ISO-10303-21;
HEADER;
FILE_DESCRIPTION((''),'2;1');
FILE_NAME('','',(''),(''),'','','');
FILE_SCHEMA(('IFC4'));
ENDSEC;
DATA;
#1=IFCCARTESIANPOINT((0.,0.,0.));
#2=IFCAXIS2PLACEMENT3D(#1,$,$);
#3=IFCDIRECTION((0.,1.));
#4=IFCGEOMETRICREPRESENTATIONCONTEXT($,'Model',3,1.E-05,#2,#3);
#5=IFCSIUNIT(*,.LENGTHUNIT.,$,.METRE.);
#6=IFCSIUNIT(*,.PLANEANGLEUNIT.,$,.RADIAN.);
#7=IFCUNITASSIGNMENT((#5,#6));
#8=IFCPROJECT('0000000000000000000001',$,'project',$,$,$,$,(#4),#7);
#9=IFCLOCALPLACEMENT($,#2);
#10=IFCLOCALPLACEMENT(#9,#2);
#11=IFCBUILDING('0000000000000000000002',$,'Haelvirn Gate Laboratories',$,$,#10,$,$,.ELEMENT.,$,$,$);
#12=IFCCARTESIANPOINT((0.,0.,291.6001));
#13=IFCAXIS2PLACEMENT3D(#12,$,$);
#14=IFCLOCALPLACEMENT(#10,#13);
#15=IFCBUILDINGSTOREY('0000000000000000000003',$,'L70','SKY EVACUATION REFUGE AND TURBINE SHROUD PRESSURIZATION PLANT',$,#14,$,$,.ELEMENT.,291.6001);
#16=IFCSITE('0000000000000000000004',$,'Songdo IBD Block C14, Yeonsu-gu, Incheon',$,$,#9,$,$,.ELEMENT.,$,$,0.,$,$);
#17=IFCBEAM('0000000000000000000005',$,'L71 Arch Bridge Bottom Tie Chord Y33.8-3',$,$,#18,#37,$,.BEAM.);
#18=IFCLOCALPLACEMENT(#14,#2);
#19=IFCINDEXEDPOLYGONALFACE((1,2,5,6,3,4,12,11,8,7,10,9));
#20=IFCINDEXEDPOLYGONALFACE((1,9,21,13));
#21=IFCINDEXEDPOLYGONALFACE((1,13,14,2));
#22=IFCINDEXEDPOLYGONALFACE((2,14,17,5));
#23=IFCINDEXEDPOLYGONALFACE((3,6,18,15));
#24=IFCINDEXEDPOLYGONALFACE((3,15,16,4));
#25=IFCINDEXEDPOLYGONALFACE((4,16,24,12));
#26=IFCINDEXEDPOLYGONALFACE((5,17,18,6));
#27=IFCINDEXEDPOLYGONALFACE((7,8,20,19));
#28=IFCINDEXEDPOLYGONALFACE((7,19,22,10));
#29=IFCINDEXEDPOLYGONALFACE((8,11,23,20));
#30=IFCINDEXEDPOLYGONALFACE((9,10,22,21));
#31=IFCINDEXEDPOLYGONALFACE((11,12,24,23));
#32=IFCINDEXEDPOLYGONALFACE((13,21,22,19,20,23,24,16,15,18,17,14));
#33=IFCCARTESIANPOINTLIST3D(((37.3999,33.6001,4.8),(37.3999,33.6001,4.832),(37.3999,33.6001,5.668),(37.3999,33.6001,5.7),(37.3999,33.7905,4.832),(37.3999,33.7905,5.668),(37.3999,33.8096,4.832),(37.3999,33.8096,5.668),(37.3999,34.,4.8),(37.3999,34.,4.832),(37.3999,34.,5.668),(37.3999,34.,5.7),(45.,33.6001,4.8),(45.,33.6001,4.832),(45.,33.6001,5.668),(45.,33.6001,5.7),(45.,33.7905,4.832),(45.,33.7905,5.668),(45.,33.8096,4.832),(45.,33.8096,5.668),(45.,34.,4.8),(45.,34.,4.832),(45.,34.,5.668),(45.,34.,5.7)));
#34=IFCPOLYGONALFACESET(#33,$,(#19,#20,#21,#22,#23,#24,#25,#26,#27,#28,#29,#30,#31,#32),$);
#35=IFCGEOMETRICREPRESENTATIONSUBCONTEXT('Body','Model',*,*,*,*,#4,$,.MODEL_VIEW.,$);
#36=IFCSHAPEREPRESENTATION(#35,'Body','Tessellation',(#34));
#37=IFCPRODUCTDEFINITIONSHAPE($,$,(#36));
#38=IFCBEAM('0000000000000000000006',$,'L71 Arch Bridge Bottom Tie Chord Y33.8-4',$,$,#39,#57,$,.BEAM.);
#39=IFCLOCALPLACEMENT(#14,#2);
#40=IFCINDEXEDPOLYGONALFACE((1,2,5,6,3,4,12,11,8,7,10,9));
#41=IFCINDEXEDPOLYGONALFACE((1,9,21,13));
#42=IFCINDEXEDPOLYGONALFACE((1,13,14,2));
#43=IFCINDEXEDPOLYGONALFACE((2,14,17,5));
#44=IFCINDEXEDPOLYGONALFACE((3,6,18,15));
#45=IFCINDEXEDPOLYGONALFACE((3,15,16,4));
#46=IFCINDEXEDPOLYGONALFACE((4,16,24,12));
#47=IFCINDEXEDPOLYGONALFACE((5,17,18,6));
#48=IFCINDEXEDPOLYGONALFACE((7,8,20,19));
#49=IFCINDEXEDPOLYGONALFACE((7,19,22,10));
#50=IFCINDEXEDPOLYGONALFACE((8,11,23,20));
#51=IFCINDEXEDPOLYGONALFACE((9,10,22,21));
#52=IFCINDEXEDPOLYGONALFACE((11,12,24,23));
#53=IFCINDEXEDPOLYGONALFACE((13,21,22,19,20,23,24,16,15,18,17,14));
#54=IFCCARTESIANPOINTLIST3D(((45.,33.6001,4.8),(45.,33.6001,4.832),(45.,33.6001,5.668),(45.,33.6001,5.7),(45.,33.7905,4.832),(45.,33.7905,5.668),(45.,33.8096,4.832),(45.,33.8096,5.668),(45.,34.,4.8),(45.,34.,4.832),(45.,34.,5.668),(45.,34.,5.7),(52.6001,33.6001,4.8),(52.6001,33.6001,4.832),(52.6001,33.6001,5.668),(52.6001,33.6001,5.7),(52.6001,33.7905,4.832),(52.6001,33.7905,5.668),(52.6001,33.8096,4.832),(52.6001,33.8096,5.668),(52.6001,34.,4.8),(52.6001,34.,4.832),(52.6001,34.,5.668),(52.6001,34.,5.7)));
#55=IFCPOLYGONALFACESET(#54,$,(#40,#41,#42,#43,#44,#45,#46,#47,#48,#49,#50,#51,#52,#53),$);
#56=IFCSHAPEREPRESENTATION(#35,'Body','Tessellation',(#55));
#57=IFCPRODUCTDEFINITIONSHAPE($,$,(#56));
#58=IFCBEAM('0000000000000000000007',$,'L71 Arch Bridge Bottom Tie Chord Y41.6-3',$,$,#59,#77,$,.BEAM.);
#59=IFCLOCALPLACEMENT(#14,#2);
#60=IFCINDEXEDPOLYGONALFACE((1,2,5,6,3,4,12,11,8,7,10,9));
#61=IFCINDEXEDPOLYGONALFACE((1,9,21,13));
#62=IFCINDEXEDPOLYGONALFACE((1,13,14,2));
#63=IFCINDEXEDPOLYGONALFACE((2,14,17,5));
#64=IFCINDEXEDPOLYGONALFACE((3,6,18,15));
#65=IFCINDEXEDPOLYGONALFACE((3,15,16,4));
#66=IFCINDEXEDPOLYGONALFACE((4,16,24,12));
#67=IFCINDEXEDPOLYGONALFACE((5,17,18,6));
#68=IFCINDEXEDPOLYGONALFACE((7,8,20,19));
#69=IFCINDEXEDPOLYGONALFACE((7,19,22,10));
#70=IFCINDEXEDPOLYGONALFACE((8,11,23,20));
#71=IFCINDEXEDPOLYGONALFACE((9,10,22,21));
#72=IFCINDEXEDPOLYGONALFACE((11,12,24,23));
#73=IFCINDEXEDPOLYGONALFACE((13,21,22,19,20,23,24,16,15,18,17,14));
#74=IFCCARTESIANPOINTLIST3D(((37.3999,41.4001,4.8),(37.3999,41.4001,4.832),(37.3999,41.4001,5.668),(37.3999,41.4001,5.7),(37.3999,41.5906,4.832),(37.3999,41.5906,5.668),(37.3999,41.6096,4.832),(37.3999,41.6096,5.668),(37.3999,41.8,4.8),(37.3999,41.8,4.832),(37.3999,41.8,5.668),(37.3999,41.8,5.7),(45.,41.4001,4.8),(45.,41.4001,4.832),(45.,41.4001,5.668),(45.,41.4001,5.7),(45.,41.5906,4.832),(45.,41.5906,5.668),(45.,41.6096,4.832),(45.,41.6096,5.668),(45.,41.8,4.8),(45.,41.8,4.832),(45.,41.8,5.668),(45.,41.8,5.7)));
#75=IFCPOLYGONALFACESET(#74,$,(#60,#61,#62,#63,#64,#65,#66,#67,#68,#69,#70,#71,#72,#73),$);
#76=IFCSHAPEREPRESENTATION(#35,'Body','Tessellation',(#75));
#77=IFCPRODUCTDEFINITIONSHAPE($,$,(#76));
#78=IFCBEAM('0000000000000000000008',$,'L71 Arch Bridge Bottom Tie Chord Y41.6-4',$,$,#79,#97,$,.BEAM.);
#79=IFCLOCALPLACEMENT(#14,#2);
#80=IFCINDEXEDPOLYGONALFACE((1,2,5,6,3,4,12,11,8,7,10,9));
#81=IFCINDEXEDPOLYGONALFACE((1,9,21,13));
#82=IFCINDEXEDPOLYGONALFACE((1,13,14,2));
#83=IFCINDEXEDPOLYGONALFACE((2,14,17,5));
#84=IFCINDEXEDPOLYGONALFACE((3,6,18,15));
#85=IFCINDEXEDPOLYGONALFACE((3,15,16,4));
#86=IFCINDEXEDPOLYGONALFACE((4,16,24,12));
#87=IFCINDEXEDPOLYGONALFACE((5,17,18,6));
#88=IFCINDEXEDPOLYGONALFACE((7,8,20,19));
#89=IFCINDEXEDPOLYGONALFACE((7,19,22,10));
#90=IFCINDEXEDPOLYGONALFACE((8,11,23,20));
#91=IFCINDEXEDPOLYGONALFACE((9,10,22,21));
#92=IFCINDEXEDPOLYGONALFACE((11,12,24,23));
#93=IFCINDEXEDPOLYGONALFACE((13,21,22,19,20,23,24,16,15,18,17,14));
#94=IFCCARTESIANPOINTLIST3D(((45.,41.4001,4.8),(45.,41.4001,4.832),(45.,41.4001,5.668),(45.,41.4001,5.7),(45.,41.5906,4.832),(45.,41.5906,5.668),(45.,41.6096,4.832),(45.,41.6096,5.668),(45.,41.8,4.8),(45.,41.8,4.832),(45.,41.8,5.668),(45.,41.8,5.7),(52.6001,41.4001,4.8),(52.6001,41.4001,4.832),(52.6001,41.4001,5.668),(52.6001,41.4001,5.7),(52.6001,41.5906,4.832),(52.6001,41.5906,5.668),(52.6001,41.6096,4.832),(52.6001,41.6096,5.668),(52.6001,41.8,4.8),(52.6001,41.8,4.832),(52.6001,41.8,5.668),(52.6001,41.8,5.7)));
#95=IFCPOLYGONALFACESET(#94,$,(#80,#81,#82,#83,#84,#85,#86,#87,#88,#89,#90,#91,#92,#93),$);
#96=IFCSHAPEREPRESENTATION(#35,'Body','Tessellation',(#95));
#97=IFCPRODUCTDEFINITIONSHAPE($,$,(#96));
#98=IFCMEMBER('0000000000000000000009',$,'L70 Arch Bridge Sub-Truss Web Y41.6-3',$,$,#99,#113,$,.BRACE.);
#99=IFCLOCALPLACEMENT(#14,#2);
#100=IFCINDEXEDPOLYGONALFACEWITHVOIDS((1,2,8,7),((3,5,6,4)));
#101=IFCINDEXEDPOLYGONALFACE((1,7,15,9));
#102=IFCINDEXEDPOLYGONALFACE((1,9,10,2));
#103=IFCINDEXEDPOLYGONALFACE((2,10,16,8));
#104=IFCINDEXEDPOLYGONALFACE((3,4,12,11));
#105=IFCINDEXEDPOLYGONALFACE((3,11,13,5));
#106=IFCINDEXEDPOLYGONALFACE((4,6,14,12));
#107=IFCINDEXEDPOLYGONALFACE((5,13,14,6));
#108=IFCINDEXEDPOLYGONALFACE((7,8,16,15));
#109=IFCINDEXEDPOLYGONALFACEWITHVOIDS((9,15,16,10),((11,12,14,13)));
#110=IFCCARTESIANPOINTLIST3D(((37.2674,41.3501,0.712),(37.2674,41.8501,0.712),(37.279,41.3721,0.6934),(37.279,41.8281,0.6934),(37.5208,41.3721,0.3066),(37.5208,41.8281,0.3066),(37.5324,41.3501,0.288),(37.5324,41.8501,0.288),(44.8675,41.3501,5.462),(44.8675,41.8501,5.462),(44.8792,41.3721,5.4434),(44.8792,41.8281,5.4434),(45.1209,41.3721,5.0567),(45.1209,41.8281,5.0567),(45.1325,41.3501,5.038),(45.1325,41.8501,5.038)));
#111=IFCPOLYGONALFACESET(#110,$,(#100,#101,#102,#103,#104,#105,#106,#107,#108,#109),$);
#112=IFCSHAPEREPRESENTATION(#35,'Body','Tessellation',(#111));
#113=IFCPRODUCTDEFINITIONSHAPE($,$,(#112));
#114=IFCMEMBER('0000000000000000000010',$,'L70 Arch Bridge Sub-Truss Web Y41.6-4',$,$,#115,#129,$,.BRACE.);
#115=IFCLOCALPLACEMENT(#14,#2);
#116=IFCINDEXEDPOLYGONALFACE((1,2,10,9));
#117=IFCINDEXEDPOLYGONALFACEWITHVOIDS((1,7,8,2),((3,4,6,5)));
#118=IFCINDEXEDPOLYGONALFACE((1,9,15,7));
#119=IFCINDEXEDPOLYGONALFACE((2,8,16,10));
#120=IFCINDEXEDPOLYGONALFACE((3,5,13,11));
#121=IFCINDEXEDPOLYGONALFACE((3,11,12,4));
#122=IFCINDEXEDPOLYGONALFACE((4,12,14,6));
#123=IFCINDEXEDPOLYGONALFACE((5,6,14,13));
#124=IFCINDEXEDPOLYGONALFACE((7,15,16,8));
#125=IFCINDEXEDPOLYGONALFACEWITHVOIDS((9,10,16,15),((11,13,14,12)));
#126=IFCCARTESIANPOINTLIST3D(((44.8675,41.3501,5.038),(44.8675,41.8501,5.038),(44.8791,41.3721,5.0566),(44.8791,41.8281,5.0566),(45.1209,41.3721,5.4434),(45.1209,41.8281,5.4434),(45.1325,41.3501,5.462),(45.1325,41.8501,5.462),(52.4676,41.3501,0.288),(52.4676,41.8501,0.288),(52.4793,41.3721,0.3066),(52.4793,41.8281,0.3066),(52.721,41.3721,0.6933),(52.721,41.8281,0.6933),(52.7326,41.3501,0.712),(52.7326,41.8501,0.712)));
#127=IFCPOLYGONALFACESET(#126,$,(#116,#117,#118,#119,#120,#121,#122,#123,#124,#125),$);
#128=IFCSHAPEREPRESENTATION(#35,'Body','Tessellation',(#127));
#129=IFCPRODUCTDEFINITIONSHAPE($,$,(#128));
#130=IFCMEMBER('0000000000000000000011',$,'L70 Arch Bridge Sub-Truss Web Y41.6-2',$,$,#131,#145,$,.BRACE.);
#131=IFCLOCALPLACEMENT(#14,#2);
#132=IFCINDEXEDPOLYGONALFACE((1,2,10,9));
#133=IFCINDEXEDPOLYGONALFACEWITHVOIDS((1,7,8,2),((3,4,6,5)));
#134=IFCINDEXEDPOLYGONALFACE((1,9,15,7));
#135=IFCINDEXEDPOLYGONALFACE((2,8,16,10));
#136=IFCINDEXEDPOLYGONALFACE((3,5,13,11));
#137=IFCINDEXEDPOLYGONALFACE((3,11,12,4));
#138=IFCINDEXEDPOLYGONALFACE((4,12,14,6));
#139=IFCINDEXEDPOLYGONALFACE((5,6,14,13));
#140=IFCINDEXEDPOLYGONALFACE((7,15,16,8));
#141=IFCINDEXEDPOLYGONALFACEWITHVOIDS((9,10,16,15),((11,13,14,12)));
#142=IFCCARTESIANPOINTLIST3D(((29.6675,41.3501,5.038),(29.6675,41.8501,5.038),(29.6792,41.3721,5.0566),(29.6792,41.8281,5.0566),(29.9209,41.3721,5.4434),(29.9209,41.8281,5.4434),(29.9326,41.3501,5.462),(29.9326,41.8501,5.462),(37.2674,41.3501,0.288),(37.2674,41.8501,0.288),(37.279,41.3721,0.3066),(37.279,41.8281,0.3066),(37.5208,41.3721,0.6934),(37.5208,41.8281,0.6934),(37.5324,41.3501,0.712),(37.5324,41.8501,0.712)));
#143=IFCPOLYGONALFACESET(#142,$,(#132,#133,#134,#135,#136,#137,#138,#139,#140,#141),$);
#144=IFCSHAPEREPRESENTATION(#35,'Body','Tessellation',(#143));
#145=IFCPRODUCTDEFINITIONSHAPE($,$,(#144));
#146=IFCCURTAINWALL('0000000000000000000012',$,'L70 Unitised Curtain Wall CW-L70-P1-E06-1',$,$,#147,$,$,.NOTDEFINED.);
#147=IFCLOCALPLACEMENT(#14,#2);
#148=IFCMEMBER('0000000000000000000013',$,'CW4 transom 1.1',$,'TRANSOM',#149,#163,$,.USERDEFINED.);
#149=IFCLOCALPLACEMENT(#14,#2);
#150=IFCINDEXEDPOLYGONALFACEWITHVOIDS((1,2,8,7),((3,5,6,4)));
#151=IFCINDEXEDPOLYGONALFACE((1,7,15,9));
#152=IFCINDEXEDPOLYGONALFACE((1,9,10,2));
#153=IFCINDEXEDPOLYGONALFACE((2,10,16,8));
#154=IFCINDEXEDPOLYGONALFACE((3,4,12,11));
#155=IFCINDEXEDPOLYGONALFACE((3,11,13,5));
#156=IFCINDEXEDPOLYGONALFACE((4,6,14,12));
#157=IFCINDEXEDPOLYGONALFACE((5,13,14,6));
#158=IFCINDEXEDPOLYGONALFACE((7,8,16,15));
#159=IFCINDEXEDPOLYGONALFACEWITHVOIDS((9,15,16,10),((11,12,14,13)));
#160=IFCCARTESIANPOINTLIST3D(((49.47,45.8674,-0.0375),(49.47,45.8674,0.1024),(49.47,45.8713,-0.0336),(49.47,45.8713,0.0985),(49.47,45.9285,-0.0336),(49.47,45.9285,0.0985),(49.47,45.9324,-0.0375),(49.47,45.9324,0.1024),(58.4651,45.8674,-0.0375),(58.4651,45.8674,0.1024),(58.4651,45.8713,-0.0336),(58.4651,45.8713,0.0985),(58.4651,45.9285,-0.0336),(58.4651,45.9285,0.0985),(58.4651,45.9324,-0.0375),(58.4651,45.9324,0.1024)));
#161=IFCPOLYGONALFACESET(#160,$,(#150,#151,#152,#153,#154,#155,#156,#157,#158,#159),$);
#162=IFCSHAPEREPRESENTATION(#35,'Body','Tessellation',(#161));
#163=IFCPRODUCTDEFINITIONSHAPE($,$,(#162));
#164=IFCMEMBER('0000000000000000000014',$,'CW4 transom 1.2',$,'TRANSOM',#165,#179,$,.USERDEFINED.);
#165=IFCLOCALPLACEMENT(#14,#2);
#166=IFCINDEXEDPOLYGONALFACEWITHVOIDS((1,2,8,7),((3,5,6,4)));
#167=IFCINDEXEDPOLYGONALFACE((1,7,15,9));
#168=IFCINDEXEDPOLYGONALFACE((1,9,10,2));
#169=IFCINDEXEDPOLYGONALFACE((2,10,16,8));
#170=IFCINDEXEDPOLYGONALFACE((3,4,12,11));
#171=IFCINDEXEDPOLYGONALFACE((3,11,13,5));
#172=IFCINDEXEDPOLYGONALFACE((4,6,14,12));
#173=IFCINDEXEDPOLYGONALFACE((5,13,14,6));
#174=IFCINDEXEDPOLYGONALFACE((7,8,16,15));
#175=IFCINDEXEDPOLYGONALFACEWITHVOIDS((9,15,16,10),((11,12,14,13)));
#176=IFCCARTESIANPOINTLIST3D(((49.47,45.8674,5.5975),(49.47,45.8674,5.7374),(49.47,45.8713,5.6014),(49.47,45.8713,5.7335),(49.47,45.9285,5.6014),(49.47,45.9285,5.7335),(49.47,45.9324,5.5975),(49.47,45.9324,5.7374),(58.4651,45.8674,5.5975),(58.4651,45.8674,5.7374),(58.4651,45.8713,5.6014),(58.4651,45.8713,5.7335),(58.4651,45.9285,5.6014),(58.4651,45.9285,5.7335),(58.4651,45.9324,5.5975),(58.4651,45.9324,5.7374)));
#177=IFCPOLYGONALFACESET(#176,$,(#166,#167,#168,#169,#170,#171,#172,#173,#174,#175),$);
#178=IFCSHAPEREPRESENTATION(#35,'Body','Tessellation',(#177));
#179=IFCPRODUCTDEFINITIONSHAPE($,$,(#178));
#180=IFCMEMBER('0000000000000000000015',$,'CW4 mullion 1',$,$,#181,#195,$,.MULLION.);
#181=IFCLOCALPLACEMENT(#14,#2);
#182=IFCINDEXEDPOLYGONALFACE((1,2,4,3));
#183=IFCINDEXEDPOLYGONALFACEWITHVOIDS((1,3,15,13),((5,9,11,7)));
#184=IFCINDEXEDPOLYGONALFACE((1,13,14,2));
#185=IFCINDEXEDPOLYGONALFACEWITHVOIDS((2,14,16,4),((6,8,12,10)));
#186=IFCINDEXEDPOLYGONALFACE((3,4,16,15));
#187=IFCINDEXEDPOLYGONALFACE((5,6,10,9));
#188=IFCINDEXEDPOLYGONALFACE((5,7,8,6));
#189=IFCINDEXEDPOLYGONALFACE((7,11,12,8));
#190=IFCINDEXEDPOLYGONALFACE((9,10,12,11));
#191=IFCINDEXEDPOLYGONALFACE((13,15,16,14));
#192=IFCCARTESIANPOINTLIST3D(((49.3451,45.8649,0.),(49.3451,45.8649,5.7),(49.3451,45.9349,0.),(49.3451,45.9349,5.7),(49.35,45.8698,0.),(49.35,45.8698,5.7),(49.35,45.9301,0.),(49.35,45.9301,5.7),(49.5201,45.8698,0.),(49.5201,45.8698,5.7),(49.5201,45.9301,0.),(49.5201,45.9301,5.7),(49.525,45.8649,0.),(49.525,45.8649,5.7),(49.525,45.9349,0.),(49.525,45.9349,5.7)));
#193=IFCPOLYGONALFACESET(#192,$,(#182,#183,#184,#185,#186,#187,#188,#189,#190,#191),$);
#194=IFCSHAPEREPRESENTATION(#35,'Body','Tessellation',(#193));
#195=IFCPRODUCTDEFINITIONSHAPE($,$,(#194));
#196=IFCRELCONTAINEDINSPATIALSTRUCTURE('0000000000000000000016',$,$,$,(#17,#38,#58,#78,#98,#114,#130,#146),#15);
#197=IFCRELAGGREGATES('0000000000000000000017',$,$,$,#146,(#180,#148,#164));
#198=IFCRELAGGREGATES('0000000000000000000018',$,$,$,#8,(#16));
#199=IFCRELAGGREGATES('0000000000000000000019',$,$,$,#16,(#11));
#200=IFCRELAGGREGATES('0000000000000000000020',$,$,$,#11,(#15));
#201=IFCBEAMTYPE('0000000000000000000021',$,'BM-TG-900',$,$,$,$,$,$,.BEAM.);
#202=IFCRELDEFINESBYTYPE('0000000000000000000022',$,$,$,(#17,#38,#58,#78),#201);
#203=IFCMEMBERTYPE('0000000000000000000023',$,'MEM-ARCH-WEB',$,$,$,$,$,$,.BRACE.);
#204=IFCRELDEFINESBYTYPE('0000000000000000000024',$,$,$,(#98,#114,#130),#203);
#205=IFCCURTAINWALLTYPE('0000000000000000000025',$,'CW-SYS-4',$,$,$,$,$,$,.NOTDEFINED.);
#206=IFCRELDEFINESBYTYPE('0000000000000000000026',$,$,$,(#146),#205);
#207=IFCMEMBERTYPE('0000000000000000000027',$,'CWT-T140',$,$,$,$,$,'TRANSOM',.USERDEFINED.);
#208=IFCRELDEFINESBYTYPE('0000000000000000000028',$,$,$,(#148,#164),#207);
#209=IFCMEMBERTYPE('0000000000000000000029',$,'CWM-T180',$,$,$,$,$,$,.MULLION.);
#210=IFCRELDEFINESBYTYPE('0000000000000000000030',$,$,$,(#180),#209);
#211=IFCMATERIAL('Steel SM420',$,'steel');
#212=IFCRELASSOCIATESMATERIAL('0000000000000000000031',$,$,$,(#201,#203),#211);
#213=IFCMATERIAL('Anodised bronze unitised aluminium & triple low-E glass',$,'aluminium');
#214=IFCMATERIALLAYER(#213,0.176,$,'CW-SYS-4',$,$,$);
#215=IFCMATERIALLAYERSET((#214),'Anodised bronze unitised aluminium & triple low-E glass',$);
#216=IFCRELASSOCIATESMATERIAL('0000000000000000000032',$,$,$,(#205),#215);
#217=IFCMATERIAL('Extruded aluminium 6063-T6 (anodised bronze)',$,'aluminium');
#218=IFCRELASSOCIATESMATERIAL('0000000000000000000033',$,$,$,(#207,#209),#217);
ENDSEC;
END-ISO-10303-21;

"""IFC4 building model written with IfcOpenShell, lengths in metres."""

from ifc_helpers import new_model, si_unit, direction, frame, origin, origin_2d, place, context, subcontext, project, spatial, hollow_rectangle, i_section, extrude, source, transform, mapped, material, layer, layer_set, material_profile, profile_set, type_object, type_shapes, element, aggregate, save


model = new_model("IFC4")

# Units and contexts
model_context = context("Model", 3, precision=1e-05, world=origin(), true_north=direction((0.0, 1.0)))
body_context = subcontext(model_context, "Body", "Model", "MODEL_VIEW")
ifc_project = project(units=[si_unit("LENGTHUNIT", "METRE"), si_unit("PLANEANGLEUNIT", "RADIAN")], contexts=[model_context])

# Site, building, storey
site_placement = place(None, origin())
site = spatial("IfcSite", under=ifc_project, at=site_placement, Name="Songdo IBD Block C14, Yeonsu-gu, Incheon", CompositionType="ELEMENT", RefElevation=0.0)
building_placement = place(site_placement, origin())
building = spatial("IfcBuilding", under=site, at=building_placement, Name="Haelvirn Gate Laboratories", CompositionType="ELEMENT")
storey_placement = place(building_placement, frame((0.0, 0.0, 291.6001)))
storey = spatial("IfcBuildingStorey", under=building, at=storey_placement, Name="L70", Description="SKY EVACUATION REFUGE AND TURBINE SHROUD PRESSURIZATION PLANT", CompositionType="ELEMENT", Elevation=291.6001)

# Beams
ifc_material_1 = material(Name="Steel SM420", Category="steel")
ifc_material_profile_1 = material_profile(ifc_material_1, i_section(OverallWidth=0.3999, OverallDepth=0.8999, WebThickness=0.019, FlangeThickness=0.032, at=origin_2d()), Name="H-900x400x19x32")
ifc_profile_set_1 = profile_set([ifc_material_profile_1], Name="Steel SM420")
beam_type = type_object("IfcBeamType", Name="BM-TG-900", PredefinedType="BEAM", material=ifc_profile_set_1)
shared_shape_1 = source(origin(), body_context, "Body", "SweptSolid", [
    extrude(i_section(OverallWidth=0.3999, OverallDepth=0.8999, WebThickness=0.019, FlangeThickness=0.032, at=origin_2d()), origin(), (0.0, 0.0, 1.0), 7.6001),
])
type_shapes(beam_type, [shared_shape_1])
for number, where, z_axis, x_axis, name in (
    (1, (37.3999, 33.8, 5.25), (1.0, 0.0, 0.0), (0.0, 1.0, 0.0), "L71 Arch Bridge Bottom Tie Chord Y33.8-3"),
    (2, (45.0, 33.8, 5.25), (1.0, 0.0, 0.0), (0.0, 1.0, 0.0), "L71 Arch Bridge Bottom Tie Chord Y33.8-4"),
    (3, (37.3999, 41.6001, 5.25), (1.0, 0.0, 0.0), (0.0, 1.0, 0.0), "L71 Arch Bridge Bottom Tie Chord Y41.6-3"),
    (4, (45.0, 41.6001, 5.25), (1.0, 0.0, 0.0), (0.0, 1.0, 0.0), "L71 Arch Bridge Bottom Tie Chord Y41.6-4"),
):
    element("IfcBeam", number, at=place(storey_placement, frame(where, z_axis=z_axis, x_axis=x_axis)), inside=storey, type_object=beam_type, Name=name, PredefinedType="BEAM", context=body_context, shape_type="MappedRepresentation", body=[
        mapped(shared_shape_1, transform((0.0, 0.0, 0.0), scale=1.0)),
    ])

# Members
ifc_material_profile_2 = material_profile(ifc_material_1, hollow_rectangle(XDim=0.5, YDim=0.5, WallThickness=0.022, at=origin_2d()), Name="BOX-500x500x22")
ifc_profile_set_2 = profile_set([ifc_material_profile_2], Name="Steel SM420")
member_type_1 = type_object("IfcMemberType", Name="MEM-ARCH-WEB", PredefinedType="BRACE", material=ifc_profile_set_2)
shared_shape_2 = source(origin(), body_context, "Body", "SweptSolid", [
    extrude(hollow_rectangle(XDim=0.5, YDim=0.5, WallThickness=0.022, at=origin_2d()), origin(), (0.0, 0.0, 1.0), 8.9624),
])
for number, where, z_axis, x_axis, name in (
    (5, (37.3999, 41.6001, 0.5), (0.848001, 0.0, 0.529994), (0.0, 1.0, 0.0), "L70 Arch Bridge Sub-Truss Web Y41.6-3"),
    (6, (45.0, 41.6001, 5.25), (0.848001, 0.0, -0.529994), (0.0, 1.0, 0.0), "L70 Arch Bridge Sub-Truss Web Y41.6-4"),
):
    element("IfcMember", number, at=place(storey_placement, frame(where, z_axis=z_axis, x_axis=x_axis)), inside=storey, type_object=member_type_1, Name=name, PredefinedType="BRACE", context=body_context, shape_type="MappedRepresentation", body=[
        mapped(shared_shape_2, transform((0.0, 0.0, 0.0), scale=1.0)),
    ])
shared_shape_3 = source(origin(), body_context, "Body", "SweptSolid", [
    extrude(hollow_rectangle(XDim=0.5, YDim=0.5, WallThickness=0.022, at=origin_2d()), origin(), (0.0, 0.0, 1.0), 8.9622),
])
type_shapes(member_type_1, [shared_shape_2, shared_shape_3])
member_1_placement = place(storey_placement, frame((29.8, 41.6001, 5.25), z_axis=(0.847994, 0.0, -0.530006), x_axis=(0.0, 1.0, 0.0)))
element("IfcMember", 7, at=member_1_placement, inside=storey, type_object=member_type_1, Name="L70 Arch Bridge Sub-Truss Web Y41.6-2", PredefinedType="BRACE", context=body_context, shape_type="MappedRepresentation", body=[
    mapped(shared_shape_3, transform((0.0, 0.0, 0.0), scale=1.0)),
])

# Curtain wall, members
ifc_material_2 = material(Name="Anodised bronze unitised aluminium & triple low-E glass", Category="aluminium")
ifc_layer_1 = layer(ifc_material_2, 0.176, Name="CW-SYS-4")
ifc_layer_set_1 = layer_set([ifc_layer_1], Name="Anodised bronze unitised aluminium & triple low-E glass")
curtain_wall_type = type_object("IfcCurtainWallType", Name="CW-SYS-4", PredefinedType="NOTDEFINED", material=ifc_layer_set_1)
curtain_wall_placement = place(storey_placement, origin())
curtain_wall = element("IfcCurtainWall", 8, at=curtain_wall_placement, inside=storey, type_object=curtain_wall_type, Name="L70 Unitised Curtain Wall CW-L70-P1-E06-1", PredefinedType="NOTDEFINED")
ifc_material_3 = material(Name="Extruded aluminium 6063-T6 (anodised bronze)", Category="aluminium")
ifc_material_profile_3 = material_profile(ifc_material_3, hollow_rectangle(XDim=0.0649, YDim=0.1399, WallThickness=0.0039, at=origin_2d()), Name="CWT-140x65x4")
ifc_profile_set_3 = profile_set([ifc_material_profile_3], Name="Extruded aluminium 6063-T6 (anodised bronze)")
member_type_2 = type_object("IfcMemberType", Name="CWT-T140", ElementType="TRANSOM", PredefinedType="USERDEFINED", material=ifc_profile_set_3)
shared_shape_4 = source(origin(), body_context, "Body", "SweptSolid", [
    extrude(hollow_rectangle(XDim=0.0649, YDim=0.1399, WallThickness=0.0039, at=origin_2d()), origin(), (0.0, 0.0, 1.0), 8.9951),
])
type_shapes(member_type_2, [shared_shape_4])
member_2_placement = place(storey_placement, frame((49.47, 45.8999, 0.0325), z_axis=(1.0, 0.0, 0.0), x_axis=(0.0, 1.0, 0.0)))
member_2 = element("IfcMember", 9, at=member_2_placement, type_object=member_type_2, Name="CW4 transom 1.1", ObjectType="TRANSOM", PredefinedType="USERDEFINED", context=body_context, shape_type="MappedRepresentation", body=[
    mapped(shared_shape_4, transform((0.0, 0.0, 0.0), scale=1.0)),
])
member_3_placement = place(storey_placement, frame((49.47, 45.8999, 5.6675), z_axis=(1.0, 0.0, 0.0), x_axis=(0.0, 1.0, 0.0)))
member_3 = element("IfcMember", 10, at=member_3_placement, type_object=member_type_2, Name="CW4 transom 1.2", ObjectType="TRANSOM", PredefinedType="USERDEFINED", context=body_context, shape_type="MappedRepresentation", body=[
    mapped(shared_shape_4, transform((0.0, 0.0, 0.0), scale=1.0)),
])
ifc_material_profile_4 = material_profile(ifc_material_3, hollow_rectangle(XDim=0.0701, YDim=0.1799, WallThickness=0.0049, at=origin_2d()), Name="CWM-180x70x5")
ifc_profile_set_4 = profile_set([ifc_material_profile_4], Name="Extruded aluminium 6063-T6 (anodised bronze)")
member_type_3 = type_object("IfcMemberType", Name="CWM-T180", PredefinedType="MULLION", material=ifc_profile_set_4)
shared_shape_5 = source(origin(), body_context, "Body", "SweptSolid", [
    extrude(hollow_rectangle(XDim=0.0701, YDim=0.1799, WallThickness=0.0049, at=origin_2d()), origin(), (0.0, 0.0, 1.0), 5.7),
])
type_shapes(member_type_3, [shared_shape_5])
member_4_placement = place(storey_placement, frame((49.4351, 45.8999, 0.0), z_axis=(0.0, 0.0, 1.0), x_axis=(0.0, 1.0, 0.0)))
member_4 = element("IfcMember", 11, at=member_4_placement, type_object=member_type_3, Name="CW4 mullion 1", PredefinedType="MULLION", context=body_context, shape_type="MappedRepresentation", body=[
    mapped(shared_shape_5, transform((0.0, 0.0, 0.0), scale=1.0)),
])
aggregate(curtain_wall, [member_4, member_2, member_3])

save(model, "model.ifc")
